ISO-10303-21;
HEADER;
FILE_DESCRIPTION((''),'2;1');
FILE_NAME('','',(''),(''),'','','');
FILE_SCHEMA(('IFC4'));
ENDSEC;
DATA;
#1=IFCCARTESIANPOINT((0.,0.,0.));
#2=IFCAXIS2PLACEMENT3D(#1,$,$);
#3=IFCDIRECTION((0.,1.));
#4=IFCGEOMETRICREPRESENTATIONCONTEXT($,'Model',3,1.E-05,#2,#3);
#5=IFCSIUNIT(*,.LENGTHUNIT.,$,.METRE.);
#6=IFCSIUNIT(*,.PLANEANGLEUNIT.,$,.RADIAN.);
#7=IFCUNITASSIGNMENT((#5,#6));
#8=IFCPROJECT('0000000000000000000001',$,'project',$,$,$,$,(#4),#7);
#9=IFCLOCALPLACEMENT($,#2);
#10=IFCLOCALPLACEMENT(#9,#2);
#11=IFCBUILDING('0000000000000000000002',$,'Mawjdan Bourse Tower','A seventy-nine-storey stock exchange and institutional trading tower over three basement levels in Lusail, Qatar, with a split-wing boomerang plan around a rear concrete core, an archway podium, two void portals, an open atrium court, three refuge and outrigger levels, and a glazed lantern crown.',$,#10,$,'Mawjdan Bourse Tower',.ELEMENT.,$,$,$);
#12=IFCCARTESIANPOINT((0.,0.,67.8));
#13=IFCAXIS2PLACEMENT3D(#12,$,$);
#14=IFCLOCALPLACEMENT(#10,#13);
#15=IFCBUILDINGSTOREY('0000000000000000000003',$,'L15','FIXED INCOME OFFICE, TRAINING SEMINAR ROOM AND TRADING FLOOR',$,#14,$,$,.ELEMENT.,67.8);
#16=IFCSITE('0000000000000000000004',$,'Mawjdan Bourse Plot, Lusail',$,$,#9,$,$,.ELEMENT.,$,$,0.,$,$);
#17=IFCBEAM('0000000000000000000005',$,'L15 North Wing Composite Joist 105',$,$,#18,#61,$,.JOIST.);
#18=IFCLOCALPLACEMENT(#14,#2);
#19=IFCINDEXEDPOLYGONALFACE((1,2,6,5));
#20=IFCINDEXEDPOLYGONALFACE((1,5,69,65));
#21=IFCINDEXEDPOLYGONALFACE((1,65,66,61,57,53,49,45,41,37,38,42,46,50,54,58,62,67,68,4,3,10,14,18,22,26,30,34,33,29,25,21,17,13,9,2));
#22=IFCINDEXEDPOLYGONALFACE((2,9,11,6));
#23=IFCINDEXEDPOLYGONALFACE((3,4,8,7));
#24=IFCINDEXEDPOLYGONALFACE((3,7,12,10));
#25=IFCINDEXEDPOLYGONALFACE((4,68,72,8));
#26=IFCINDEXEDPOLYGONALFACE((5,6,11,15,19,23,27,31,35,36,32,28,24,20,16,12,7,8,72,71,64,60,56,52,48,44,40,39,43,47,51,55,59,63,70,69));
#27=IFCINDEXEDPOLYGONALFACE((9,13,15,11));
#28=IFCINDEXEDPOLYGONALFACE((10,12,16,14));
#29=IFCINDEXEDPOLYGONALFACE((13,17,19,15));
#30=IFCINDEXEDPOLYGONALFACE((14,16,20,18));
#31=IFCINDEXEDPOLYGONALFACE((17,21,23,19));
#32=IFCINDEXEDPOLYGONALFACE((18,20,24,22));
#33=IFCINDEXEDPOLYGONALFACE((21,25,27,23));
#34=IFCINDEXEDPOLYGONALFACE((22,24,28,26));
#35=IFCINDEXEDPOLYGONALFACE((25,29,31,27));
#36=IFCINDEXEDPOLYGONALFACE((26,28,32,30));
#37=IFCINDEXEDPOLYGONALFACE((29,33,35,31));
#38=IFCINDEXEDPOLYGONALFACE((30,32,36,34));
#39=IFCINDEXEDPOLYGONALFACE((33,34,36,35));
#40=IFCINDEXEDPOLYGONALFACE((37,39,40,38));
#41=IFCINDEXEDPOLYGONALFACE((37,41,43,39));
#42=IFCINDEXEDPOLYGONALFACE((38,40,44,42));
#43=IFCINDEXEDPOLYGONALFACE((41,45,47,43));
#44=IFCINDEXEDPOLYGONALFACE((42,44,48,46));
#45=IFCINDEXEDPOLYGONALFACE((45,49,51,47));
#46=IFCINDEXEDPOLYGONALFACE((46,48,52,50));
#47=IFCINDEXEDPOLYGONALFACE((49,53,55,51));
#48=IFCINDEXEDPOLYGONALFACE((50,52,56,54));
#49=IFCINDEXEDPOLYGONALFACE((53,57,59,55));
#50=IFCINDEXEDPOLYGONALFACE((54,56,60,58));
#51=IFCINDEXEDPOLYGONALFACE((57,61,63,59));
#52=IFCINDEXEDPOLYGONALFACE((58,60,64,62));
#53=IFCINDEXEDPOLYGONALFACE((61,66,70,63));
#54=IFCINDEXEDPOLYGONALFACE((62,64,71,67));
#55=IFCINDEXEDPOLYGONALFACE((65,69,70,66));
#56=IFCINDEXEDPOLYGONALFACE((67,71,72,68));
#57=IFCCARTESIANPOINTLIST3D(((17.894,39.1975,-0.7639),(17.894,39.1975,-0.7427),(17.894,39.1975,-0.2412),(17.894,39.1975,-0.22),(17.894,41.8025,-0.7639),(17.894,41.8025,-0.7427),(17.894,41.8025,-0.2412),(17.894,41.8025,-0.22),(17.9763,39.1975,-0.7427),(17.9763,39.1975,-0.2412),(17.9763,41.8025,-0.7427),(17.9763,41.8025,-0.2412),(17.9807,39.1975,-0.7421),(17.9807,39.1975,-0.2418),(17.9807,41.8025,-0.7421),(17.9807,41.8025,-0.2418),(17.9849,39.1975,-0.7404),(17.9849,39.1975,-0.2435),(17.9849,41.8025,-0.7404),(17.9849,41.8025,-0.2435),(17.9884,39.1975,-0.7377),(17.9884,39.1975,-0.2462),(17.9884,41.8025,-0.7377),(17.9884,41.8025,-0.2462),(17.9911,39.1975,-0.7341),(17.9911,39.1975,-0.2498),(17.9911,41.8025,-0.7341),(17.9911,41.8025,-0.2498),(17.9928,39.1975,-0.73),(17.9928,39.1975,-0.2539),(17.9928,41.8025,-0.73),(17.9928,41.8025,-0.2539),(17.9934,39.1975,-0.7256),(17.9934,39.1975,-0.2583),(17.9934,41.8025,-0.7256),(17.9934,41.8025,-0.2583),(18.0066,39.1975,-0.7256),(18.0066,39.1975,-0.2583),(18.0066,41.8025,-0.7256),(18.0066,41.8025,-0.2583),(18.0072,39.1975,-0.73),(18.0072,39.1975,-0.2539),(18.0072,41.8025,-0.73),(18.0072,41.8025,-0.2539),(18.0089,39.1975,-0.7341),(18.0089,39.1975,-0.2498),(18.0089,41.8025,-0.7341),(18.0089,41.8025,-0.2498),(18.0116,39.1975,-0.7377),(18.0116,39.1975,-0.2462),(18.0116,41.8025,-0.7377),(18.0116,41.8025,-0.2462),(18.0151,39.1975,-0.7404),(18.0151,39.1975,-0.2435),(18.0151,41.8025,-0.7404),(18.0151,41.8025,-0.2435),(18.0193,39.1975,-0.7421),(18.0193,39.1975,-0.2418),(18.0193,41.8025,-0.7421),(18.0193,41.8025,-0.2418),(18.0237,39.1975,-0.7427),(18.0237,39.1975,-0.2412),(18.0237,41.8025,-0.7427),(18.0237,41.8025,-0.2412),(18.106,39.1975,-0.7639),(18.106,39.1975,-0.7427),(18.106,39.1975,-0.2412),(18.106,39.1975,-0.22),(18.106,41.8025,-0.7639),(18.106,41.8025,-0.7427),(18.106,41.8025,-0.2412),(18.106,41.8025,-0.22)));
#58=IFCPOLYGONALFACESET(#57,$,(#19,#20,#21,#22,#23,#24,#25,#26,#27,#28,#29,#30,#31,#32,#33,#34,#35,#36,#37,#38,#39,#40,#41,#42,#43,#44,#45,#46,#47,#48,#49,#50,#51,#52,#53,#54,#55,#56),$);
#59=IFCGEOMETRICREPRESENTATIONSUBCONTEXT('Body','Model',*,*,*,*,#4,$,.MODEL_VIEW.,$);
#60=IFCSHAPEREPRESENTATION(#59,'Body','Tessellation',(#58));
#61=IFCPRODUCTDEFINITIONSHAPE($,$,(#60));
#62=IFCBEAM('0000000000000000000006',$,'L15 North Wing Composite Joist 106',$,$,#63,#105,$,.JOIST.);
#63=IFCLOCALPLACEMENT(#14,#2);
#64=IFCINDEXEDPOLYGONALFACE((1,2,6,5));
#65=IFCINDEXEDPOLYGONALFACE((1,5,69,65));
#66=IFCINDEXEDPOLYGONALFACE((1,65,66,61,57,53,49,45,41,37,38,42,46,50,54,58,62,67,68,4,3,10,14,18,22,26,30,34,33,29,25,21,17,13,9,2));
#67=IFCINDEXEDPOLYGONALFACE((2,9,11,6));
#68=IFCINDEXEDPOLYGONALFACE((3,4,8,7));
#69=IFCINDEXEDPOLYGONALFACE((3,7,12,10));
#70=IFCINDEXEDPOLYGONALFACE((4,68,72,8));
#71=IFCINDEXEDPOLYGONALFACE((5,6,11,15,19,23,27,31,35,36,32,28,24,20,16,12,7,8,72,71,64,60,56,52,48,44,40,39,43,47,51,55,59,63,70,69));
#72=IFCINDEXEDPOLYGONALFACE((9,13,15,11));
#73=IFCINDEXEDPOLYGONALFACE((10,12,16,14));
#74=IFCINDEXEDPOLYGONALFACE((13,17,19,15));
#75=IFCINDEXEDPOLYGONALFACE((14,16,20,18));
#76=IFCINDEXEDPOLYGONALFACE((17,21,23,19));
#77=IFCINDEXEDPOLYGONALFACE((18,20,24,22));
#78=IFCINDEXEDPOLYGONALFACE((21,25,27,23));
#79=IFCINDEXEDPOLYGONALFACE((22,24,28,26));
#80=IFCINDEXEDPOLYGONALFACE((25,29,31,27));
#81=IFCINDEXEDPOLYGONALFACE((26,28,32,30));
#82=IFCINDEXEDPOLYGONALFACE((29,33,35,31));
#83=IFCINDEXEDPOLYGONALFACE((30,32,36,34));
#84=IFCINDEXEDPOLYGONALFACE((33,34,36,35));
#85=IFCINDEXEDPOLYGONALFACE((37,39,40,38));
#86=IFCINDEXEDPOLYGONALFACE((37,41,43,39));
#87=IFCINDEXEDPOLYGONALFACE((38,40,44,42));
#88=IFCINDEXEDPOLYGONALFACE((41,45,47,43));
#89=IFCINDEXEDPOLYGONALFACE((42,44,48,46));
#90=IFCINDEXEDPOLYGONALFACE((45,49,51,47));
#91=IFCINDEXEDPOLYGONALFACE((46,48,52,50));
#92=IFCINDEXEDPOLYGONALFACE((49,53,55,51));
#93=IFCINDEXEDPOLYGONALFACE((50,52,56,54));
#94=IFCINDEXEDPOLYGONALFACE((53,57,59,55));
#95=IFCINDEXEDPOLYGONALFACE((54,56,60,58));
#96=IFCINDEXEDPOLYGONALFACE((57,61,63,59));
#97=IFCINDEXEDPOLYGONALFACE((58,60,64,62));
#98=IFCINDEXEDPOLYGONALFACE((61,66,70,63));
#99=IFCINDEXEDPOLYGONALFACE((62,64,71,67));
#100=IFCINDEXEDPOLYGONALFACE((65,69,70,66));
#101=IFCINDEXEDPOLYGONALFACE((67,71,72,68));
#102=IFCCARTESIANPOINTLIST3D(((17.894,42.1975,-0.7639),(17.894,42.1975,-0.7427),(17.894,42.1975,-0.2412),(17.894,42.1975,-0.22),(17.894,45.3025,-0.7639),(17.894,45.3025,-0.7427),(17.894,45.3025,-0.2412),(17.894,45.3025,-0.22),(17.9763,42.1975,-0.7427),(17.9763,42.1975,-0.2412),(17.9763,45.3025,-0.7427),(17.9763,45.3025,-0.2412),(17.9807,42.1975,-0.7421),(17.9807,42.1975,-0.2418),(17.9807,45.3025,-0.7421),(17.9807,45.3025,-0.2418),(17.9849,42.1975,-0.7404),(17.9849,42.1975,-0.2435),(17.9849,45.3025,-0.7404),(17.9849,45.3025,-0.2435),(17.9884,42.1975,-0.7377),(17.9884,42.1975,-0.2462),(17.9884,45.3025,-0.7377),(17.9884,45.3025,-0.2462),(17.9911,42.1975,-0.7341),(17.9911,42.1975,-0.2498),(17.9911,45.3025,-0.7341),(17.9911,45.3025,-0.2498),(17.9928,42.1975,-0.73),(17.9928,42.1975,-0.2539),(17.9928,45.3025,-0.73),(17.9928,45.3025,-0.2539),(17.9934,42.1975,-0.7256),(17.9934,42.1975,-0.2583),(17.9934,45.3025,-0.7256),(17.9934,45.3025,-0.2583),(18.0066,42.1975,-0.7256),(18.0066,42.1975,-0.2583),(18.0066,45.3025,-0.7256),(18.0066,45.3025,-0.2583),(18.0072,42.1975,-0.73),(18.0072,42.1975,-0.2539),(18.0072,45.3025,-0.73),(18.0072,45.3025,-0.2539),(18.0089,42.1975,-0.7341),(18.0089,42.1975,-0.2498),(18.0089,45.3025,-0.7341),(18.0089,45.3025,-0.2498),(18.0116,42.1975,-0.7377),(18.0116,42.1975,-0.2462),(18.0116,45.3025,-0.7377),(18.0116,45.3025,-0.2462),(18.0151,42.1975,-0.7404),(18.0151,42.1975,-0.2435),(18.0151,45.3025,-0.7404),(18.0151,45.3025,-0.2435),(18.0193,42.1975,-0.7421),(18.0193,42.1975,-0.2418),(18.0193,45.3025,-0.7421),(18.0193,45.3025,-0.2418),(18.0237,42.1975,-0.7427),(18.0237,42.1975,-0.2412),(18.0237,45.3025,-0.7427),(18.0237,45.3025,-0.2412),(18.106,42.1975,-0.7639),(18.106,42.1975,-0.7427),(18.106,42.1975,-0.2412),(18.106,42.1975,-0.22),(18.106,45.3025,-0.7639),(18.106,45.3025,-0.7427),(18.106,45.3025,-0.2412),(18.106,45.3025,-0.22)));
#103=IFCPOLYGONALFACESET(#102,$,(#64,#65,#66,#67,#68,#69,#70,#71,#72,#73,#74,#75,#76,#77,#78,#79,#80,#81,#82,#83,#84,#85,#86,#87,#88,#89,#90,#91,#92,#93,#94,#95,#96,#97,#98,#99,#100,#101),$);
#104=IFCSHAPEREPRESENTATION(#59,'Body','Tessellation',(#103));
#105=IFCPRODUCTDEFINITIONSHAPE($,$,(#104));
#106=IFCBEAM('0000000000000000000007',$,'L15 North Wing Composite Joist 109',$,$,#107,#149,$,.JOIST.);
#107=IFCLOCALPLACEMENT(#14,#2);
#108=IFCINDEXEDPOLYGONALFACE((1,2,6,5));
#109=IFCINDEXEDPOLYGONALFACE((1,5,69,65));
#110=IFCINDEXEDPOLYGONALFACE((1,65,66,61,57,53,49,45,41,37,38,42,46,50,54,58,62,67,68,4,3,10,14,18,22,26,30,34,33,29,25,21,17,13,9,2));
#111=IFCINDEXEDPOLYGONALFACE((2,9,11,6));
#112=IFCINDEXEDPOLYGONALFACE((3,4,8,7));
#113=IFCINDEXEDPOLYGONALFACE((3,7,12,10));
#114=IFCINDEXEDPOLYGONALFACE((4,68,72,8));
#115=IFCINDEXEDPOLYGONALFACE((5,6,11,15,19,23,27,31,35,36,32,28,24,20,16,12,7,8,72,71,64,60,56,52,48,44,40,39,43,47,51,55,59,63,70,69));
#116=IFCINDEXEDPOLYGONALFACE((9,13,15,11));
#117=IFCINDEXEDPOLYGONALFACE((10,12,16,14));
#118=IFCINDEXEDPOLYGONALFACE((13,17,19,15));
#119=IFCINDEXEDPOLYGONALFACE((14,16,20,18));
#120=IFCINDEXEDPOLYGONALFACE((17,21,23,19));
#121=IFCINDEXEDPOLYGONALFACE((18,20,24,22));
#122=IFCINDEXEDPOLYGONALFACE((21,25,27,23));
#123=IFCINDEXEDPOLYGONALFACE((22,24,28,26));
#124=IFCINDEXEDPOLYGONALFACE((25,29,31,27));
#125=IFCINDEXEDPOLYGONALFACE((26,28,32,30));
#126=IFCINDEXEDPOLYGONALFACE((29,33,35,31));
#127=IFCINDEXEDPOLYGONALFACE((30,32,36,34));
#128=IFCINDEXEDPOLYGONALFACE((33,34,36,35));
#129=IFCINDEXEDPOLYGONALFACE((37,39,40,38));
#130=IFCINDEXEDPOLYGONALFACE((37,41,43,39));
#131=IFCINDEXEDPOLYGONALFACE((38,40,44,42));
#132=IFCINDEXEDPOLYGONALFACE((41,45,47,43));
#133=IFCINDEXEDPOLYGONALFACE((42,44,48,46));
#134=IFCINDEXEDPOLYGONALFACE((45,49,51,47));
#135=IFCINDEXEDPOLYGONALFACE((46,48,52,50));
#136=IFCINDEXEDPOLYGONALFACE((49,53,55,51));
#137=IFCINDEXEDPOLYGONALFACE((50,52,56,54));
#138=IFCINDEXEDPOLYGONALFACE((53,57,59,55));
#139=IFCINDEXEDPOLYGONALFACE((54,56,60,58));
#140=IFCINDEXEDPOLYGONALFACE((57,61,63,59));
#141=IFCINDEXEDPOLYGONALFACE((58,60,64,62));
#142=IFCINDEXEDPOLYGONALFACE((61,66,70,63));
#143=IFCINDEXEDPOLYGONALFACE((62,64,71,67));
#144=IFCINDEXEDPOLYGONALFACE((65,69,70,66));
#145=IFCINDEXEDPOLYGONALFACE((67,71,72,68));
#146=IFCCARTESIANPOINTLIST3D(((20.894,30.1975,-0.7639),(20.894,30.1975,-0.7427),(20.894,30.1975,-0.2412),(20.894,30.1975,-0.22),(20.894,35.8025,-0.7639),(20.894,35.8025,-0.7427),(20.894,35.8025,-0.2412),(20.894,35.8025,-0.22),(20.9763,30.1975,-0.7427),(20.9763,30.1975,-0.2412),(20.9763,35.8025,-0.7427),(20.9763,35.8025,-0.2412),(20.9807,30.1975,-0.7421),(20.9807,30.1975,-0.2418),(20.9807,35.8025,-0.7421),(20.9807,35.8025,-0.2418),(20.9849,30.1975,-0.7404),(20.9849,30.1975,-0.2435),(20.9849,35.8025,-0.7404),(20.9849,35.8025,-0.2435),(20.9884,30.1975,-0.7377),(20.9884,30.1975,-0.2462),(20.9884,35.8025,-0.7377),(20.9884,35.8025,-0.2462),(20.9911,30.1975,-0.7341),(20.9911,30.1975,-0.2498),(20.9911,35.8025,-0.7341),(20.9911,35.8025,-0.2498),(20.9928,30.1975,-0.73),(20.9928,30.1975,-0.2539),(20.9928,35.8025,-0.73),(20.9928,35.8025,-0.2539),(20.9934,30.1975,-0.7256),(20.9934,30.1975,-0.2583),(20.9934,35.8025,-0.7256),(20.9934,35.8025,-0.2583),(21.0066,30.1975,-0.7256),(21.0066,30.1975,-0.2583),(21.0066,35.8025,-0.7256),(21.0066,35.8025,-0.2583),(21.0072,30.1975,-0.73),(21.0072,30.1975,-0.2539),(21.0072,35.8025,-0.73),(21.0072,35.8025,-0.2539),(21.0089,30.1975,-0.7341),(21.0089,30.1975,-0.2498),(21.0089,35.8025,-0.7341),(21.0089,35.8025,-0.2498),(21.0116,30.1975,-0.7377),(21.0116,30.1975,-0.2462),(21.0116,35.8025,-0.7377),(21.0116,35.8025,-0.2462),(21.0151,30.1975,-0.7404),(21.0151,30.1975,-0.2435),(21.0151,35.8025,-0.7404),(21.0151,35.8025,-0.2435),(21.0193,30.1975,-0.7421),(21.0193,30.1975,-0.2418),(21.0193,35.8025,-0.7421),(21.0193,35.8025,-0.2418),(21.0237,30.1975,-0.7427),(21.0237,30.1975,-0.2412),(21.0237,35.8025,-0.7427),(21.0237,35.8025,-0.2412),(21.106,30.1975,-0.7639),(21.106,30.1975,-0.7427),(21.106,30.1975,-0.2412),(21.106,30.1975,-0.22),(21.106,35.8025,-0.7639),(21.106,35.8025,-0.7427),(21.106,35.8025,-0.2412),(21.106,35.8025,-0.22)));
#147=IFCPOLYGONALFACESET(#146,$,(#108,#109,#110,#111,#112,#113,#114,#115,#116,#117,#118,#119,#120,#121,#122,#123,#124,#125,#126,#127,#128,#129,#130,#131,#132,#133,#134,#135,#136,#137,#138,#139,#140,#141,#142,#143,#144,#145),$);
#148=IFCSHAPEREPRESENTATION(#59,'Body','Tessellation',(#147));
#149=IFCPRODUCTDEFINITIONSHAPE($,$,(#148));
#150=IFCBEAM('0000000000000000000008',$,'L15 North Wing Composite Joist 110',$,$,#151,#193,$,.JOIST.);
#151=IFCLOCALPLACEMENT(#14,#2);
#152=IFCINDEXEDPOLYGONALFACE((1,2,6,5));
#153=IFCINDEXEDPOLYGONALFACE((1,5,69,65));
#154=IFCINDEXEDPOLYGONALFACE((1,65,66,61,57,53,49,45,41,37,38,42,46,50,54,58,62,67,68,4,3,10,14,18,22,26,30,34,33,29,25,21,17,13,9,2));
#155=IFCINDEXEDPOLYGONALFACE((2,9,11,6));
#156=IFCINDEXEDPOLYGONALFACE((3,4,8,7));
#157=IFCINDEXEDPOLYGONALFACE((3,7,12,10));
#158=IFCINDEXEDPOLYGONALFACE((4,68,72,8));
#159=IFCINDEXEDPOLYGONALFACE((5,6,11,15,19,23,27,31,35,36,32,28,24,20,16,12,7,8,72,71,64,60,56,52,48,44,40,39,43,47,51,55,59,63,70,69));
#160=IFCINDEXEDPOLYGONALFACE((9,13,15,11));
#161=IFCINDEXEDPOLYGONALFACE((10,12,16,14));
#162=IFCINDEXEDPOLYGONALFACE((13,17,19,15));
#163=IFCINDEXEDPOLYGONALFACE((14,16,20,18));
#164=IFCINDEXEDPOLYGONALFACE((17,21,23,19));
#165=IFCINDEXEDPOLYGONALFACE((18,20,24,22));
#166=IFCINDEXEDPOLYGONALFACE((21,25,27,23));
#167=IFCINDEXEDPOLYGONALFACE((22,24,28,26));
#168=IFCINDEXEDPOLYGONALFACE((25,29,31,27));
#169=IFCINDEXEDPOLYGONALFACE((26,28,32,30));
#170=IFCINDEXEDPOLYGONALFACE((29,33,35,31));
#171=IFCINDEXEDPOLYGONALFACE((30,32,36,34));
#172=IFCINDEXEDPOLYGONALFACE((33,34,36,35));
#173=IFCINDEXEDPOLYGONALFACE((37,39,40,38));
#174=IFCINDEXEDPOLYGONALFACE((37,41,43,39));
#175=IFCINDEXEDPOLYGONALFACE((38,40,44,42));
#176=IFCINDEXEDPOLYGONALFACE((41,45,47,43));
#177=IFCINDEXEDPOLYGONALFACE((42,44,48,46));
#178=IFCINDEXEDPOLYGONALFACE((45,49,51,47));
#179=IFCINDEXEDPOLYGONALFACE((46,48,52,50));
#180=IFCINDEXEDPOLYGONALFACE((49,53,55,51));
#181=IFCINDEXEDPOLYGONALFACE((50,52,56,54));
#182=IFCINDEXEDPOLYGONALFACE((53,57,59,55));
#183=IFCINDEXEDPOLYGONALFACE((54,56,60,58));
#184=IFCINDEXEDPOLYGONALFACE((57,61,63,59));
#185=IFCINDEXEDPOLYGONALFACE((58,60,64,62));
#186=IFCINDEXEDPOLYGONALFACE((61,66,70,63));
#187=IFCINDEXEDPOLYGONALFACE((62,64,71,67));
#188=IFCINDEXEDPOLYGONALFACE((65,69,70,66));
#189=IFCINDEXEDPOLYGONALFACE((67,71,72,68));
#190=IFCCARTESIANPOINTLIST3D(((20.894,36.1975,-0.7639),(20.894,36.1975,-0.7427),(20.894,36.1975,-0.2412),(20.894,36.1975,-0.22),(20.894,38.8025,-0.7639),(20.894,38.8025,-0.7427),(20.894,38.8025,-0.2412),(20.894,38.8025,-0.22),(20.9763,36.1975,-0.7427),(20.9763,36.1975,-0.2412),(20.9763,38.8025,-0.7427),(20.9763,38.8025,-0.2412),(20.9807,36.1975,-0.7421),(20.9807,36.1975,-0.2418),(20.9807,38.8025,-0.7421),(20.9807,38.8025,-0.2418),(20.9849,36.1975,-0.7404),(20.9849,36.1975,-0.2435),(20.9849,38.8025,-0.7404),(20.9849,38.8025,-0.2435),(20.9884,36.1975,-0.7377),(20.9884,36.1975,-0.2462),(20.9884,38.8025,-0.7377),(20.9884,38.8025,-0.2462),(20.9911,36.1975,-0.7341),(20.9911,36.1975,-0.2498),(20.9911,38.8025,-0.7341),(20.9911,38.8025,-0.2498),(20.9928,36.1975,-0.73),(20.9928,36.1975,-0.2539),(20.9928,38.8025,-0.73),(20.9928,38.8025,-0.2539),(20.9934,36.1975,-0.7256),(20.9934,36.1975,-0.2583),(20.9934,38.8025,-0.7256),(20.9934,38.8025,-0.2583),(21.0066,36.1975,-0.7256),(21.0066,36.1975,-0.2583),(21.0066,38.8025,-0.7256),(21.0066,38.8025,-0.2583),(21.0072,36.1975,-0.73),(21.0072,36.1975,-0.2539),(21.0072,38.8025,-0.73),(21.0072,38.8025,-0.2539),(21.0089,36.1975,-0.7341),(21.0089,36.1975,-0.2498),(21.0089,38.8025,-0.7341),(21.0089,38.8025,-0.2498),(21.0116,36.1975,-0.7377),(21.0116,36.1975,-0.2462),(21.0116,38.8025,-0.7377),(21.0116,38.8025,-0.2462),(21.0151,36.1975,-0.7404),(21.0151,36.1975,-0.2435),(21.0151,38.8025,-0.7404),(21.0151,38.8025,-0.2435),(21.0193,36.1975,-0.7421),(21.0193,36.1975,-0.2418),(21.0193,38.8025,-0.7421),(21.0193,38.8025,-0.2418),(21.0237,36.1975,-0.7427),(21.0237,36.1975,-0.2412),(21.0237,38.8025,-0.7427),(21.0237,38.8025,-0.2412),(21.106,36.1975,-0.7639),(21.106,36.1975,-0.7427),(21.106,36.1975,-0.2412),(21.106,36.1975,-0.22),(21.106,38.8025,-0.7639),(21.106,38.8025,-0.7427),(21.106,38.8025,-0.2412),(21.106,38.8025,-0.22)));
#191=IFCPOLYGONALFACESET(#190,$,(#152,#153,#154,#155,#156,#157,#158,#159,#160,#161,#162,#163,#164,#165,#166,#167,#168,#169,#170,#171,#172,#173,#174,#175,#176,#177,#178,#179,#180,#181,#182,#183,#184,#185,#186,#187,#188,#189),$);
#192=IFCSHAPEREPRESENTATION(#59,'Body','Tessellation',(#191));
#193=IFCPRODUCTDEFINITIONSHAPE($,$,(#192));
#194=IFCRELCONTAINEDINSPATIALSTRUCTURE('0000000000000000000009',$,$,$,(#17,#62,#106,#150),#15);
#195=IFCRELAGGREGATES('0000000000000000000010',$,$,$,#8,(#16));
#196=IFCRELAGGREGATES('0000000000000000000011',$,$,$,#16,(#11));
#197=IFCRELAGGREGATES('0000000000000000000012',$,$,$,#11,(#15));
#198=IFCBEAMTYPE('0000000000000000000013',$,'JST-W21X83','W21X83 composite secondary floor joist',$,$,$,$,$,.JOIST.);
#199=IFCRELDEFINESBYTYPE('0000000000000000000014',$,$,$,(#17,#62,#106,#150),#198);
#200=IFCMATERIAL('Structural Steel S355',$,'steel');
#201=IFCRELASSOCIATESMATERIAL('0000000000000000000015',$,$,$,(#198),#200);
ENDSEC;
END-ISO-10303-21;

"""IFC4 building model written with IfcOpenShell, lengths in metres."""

from ifc_helpers import new_model, si_unit, direction, frame, origin, origin_2d, place, context, subcontext, project, spatial, i_section, extrude, material, material_profile, profile_set, type_object, element, save


model = new_model("IFC4")

# Units and contexts
model_context = context("Model", 3, precision=1e-05, world=origin(), true_north=direction((0.0, 1.0)))
body_context = subcontext(model_context, "Body", "Model", "MODEL_VIEW")
ifc_project = project(units=[si_unit("LENGTHUNIT", "METRE"), si_unit("PLANEANGLEUNIT", "RADIAN")], contexts=[model_context])

# Site, building, storey
site_placement = place(None, origin())
site = spatial("IfcSite", under=ifc_project, at=site_placement, Name="Mawjdan Bourse Plot, Lusail", CompositionType="ELEMENT", RefElevation=0.0)
building_placement = place(site_placement, origin())
building = spatial("IfcBuilding", under=site, at=building_placement, Name="Mawjdan Bourse Tower", Description="A seventy-nine-storey stock exchange and institutional trading tower over three basement levels in Lusail, Qatar, with a split-wing boomerang plan around a rear concrete core, an archway podium, two void portals, an open atrium court, three refuge and outrigger levels, and a glazed lantern crown.", LongName="Mawjdan Bourse Tower", CompositionType="ELEMENT")
storey_placement = place(building_placement, frame((0.0, 0.0, 67.8)))
storey = spatial("IfcBuildingStorey", under=building, at=storey_placement, Name="L15", Description="FIXED INCOME OFFICE, TRAINING SEMINAR ROOM AND TRADING FLOOR", CompositionType="ELEMENT", Elevation=67.8)

# Beams
ifc_material_1 = material(Name="Structural Steel S355", Category="steel")
ifc_material_profile_1 = material_profile(ifc_material_1, i_section(OverallWidth=0.2119, OverallDepth=0.5439, WebThickness=0.0132, FlangeThickness=0.0212, FilletRadius=0.0171, at=origin_2d()), Name="W21X83")
ifc_profile_set_1 = profile_set([ifc_material_profile_1], Name="Structural Steel S355")
beam_type_1 = type_object("IfcBeamType", Name="JST-W21X83", Description="W21X83 composite secondary floor joist", PredefinedType="JOIST", material=ifc_profile_set_1)
for number, where, z_axis, x_axis, name in (
    (1, (18.0, 39.1975, -0.4919), (0.0, 1.0, 0.0), (-1.0, 0.0, 0.0), "L15 North Wing Composite Joist 105"),
):
    element("IfcBeam", number, at=place(storey_placement, frame(where, z_axis=z_axis, x_axis=x_axis)), inside=storey, type_object=beam_type_1, Name=name, PredefinedType="JOIST", context=body_context, shape_type="SweptSolid", body=[
        extrude(i_section(OverallWidth=0.2119, OverallDepth=0.5439, WebThickness=0.0132, FlangeThickness=0.0212, FilletRadius=0.0171, at=origin_2d()), origin(), (0.0, 0.0, 1.0), 2.605),
    ])
beam_1_placement = place(storey_placement, frame((18.0, 42.1975, -0.4919), z_axis=(0.0, 1.0, 0.0), x_axis=(-1.0, 0.0, 0.0)))
element("IfcBeam", 2, at=beam_1_placement, inside=storey, type_object=beam_type_1, Name="L15 North Wing Composite Joist 106", PredefinedType="JOIST", context=body_context, shape_type="SweptSolid", body=[
    extrude(i_section(OverallWidth=0.2119, OverallDepth=0.5439, WebThickness=0.0132, FlangeThickness=0.0212, FilletRadius=0.0171, at=origin_2d()), origin(), (0.0, 0.0, 1.0), 3.105),
])
beam_2_placement = place(storey_placement, frame((21.0, 30.1975, -0.4919), z_axis=(0.0, 1.0, 0.0), x_axis=(-1.0, 0.0, 0.0)))
element("IfcBeam", 3, at=beam_2_placement, inside=storey, type_object=beam_type_1, Name="L15 North Wing Composite Joist 109", PredefinedType="JOIST", context=body_context, shape_type="SweptSolid", body=[
    extrude(i_section(OverallWidth=0.2119, OverallDepth=0.5439, WebThickness=0.0132, FlangeThickness=0.0212, FilletRadius=0.0171, at=origin_2d()), origin(), (0.0, 0.0, 1.0), 5.605),
])
beam_3_placement = place(storey_placement, frame((21.0, 36.1975, -0.4919), z_axis=(0.0, 1.0, 0.0), x_axis=(-1.0, 0.0, 0.0)))
element("IfcBeam", 4, at=beam_3_placement, inside=storey, type_object=beam_type_1, Name="L15 North Wing Composite Joist 110", PredefinedType="JOIST", context=body_context, shape_type="SweptSolid", body=[
    extrude(i_section(OverallWidth=0.2119, OverallDepth=0.5439, WebThickness=0.0132, FlangeThickness=0.0212, FilletRadius=0.0171, at=origin_2d()), origin(), (0.0, 0.0, 1.0), 2.605),
])

save(model, "model.ifc")
